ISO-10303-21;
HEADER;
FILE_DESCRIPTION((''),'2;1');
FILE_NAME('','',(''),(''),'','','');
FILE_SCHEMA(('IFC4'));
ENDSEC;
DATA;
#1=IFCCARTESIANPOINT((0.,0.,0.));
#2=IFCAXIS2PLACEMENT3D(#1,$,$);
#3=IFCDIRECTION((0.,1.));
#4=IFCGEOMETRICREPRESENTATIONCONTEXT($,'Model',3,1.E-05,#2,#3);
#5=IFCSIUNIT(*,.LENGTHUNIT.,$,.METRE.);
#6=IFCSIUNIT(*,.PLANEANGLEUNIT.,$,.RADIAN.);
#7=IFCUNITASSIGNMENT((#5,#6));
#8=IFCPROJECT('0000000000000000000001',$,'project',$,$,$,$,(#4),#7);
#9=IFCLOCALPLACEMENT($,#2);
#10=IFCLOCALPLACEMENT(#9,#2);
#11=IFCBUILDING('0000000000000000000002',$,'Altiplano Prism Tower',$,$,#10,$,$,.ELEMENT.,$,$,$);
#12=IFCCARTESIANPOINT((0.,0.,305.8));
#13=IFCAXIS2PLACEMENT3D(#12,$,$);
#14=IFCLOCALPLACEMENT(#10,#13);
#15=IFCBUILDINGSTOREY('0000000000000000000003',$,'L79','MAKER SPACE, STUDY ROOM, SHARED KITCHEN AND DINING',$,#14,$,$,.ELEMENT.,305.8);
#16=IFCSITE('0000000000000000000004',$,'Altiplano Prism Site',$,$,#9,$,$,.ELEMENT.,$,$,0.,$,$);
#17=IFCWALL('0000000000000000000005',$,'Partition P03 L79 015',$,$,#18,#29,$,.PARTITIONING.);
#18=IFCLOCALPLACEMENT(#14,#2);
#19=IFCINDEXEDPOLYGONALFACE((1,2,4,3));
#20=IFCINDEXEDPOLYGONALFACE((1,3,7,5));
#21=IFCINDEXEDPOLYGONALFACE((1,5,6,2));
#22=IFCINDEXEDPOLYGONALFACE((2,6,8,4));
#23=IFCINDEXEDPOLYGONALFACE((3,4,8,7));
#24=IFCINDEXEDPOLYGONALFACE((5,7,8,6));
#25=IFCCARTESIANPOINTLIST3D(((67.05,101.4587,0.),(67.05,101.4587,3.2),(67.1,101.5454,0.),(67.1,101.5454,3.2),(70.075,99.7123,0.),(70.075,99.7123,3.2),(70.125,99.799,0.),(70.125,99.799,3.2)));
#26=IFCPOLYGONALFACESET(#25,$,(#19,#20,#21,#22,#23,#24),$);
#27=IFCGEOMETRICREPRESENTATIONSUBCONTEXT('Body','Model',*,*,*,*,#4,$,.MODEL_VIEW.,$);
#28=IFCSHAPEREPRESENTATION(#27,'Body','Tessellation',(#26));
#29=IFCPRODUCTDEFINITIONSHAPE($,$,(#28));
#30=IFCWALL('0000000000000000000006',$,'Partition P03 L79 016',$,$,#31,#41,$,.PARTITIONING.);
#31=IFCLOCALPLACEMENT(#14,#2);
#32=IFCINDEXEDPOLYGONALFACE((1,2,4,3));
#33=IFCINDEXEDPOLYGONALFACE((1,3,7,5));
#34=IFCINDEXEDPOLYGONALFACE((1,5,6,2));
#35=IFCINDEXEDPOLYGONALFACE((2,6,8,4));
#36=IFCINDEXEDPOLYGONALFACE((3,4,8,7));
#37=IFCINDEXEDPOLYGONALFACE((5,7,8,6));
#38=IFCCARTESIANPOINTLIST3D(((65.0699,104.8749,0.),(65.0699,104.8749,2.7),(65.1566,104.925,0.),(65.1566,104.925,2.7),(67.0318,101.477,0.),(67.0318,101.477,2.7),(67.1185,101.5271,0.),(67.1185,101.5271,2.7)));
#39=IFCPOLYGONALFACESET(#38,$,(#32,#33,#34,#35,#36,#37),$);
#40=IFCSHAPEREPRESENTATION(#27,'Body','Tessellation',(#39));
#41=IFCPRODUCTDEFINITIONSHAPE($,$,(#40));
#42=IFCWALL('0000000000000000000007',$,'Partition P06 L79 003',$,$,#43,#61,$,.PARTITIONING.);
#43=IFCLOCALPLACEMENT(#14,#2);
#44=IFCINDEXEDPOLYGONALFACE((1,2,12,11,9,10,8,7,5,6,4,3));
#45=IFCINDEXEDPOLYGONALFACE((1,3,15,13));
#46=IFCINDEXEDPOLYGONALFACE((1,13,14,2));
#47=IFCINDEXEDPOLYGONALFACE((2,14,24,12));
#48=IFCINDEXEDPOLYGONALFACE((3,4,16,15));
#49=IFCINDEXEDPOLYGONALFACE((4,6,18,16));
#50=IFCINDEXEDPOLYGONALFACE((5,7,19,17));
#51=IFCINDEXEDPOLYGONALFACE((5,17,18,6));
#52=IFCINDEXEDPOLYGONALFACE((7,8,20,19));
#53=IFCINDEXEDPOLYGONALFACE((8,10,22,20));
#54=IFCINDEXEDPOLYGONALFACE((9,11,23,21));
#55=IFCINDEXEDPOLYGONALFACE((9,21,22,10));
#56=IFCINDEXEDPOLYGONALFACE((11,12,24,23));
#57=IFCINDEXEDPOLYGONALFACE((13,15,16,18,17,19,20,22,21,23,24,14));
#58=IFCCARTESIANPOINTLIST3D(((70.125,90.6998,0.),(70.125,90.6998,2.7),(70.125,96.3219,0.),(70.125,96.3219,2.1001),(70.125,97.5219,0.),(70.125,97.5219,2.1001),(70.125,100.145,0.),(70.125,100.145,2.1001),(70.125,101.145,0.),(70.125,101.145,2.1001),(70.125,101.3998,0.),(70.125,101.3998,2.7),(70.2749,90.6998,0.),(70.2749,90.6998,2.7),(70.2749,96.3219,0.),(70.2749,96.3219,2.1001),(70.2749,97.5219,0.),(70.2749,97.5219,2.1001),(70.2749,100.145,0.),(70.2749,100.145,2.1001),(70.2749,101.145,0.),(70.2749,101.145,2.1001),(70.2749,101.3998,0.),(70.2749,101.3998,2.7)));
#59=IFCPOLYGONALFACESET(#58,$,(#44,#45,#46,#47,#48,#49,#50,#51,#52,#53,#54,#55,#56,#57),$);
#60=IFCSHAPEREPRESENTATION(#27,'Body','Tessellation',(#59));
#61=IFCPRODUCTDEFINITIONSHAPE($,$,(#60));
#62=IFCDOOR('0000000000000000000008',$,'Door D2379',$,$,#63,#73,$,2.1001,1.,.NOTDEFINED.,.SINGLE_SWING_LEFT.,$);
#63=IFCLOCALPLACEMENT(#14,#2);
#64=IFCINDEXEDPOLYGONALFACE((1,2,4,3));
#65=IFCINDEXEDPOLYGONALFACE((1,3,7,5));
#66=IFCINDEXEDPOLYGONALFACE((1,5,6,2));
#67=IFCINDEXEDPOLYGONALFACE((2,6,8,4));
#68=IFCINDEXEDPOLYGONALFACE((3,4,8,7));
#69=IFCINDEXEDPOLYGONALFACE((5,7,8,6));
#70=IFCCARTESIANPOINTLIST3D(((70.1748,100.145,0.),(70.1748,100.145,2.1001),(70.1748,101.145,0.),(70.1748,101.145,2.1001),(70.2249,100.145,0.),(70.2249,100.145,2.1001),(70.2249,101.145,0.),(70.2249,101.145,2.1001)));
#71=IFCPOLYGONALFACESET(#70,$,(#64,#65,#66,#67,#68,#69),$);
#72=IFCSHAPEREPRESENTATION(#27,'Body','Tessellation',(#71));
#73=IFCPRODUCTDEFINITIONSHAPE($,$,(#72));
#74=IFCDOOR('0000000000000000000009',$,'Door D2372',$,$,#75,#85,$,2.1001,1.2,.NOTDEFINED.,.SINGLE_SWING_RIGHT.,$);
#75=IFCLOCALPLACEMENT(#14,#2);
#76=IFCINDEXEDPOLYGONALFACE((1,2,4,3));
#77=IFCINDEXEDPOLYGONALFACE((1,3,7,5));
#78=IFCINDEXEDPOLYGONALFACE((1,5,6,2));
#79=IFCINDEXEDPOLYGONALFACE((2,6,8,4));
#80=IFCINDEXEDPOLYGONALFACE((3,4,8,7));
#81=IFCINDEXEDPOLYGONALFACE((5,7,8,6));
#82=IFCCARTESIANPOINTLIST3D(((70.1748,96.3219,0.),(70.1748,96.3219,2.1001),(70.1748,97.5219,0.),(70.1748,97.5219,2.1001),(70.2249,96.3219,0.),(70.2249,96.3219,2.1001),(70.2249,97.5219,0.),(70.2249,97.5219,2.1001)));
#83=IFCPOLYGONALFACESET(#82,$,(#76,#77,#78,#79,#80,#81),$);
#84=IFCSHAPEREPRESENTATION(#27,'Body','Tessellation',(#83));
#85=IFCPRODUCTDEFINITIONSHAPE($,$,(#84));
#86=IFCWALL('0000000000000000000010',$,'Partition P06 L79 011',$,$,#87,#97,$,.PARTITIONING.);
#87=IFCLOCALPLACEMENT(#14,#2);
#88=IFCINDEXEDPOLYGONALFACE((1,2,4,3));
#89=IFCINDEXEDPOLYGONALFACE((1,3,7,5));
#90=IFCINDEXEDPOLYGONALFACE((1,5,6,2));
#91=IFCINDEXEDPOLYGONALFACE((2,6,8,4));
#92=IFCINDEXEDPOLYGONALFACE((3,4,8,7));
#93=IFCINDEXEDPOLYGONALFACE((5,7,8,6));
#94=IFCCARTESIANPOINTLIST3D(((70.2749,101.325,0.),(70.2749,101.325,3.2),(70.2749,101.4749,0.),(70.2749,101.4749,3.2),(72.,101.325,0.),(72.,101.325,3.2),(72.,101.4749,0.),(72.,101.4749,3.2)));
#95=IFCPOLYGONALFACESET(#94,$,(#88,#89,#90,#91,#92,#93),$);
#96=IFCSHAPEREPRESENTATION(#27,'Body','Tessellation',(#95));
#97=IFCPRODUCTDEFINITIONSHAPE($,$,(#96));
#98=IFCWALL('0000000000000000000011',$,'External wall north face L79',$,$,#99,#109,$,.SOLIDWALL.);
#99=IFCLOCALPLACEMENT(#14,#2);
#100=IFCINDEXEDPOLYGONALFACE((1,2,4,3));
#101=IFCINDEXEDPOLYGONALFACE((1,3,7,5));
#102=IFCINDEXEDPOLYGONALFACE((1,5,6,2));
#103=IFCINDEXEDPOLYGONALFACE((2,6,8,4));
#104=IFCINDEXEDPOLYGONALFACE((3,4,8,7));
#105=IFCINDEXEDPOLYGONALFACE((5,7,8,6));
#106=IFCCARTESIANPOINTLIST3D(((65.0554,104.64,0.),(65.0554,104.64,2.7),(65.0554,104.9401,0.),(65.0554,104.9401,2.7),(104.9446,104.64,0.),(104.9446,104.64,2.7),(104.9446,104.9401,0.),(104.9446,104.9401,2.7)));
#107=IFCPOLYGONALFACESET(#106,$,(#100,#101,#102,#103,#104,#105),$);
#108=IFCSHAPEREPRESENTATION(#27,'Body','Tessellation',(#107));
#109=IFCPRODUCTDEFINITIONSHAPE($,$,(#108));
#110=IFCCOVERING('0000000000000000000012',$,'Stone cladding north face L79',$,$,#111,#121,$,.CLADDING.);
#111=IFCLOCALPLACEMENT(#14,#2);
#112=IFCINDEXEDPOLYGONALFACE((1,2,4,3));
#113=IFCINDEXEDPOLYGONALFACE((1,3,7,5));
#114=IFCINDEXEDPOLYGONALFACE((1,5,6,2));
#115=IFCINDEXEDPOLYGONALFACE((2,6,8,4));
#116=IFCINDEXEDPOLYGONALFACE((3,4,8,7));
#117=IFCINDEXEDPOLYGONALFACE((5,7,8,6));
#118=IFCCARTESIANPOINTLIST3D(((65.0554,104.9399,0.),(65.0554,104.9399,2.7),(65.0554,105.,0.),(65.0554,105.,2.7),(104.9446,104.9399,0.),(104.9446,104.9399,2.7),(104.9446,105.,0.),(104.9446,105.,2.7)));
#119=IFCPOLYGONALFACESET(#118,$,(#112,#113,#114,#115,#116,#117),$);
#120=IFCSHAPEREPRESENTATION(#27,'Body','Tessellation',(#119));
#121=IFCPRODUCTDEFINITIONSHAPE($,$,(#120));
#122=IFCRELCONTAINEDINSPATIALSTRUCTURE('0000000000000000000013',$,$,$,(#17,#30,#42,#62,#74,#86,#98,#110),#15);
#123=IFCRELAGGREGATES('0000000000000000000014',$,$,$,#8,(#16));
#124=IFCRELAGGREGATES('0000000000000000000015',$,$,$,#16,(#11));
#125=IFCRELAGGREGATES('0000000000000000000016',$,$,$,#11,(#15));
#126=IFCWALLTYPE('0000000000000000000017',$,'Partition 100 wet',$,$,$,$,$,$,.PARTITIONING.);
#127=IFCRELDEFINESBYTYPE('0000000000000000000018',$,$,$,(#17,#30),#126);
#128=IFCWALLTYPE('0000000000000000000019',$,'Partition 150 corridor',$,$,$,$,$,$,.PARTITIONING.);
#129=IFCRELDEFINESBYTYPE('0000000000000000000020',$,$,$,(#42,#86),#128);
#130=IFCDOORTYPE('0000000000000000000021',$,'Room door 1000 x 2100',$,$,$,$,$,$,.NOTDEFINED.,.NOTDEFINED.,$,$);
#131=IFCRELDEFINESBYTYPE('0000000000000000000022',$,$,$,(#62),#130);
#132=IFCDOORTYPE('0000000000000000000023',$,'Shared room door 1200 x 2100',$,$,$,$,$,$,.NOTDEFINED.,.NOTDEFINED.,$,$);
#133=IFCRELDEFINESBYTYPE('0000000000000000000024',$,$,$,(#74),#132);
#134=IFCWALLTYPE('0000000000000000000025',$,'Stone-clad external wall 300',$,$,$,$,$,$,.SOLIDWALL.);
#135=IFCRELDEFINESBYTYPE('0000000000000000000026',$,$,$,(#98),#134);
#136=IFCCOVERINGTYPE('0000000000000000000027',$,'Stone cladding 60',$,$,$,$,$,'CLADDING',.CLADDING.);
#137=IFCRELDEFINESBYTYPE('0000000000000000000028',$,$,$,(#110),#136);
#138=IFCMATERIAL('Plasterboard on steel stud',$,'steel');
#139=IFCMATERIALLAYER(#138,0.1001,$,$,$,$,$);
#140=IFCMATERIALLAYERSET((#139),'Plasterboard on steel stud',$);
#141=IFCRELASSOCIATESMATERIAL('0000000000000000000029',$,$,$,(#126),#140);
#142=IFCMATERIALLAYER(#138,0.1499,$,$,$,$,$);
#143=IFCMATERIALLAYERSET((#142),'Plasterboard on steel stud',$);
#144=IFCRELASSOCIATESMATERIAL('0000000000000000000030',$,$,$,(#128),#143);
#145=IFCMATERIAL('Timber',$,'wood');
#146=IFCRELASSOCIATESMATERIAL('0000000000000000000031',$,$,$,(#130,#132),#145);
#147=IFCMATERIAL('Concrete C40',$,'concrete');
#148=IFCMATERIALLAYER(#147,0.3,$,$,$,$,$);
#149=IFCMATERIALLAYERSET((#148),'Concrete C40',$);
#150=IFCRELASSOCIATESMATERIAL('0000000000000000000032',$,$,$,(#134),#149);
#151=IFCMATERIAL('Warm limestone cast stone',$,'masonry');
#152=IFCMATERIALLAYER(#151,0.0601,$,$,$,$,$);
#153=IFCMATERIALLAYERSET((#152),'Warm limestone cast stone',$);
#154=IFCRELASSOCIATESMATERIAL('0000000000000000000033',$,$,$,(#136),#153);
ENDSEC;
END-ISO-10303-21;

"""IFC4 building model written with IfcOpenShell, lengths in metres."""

from ifc_helpers import new_model, si_unit, direction, frame, frame_2d, origin, place, context, subcontext, project, spatial, rectangle, extrude, material, layer, layer_set, type_object, element, fill, save


model = new_model("IFC4")

# Units and contexts
model_context = context("Model", 3, precision=1e-05, world=origin(), true_north=direction((0.0, 1.0)))
body_context = subcontext(model_context, "Body", "Model", "MODEL_VIEW")
ifc_project = project(units=[si_unit("LENGTHUNIT", "METRE"), si_unit("PLANEANGLEUNIT", "RADIAN")], contexts=[model_context])

# Site, building, storey
site_placement = place(None, origin())
site = spatial("IfcSite", under=ifc_project, at=site_placement, Name="Altiplano Prism Site", CompositionType="ELEMENT", RefElevation=0.0)
building_placement = place(site_placement, origin())
building = spatial("IfcBuilding", under=site, at=building_placement, Name="Altiplano Prism Tower", CompositionType="ELEMENT")
storey_placement = place(building_placement, frame((0.0, 0.0, 305.8)))
storey = spatial("IfcBuildingStorey", under=building, at=storey_placement, Name="L79", Description="MAKER SPACE, STUDY ROOM, SHARED KITCHEN AND DINING", CompositionType="ELEMENT", Elevation=305.8)

# Walls
ifc_material_1 = material(Name="Plasterboard on steel stud", Category="steel")
ifc_layer_1 = layer(ifc_material_1, 0.1001)
ifc_layer_set_1 = layer_set([ifc_layer_1], Name="Plasterboard on steel stud")
wall_type_1 = type_object("IfcWallType", Name="Partition 100 wet", PredefinedType="PARTITIONING", material=ifc_layer_set_1)
wall_1_placement = place(storey_placement, frame((70.1001, 99.7556, 0.0), z_axis=(0.0, 0.0, 1.0), x_axis=(-0.866037, 0.499981, 0.0)))
element("IfcWall", 1, at=wall_1_placement, inside=storey, type_object=wall_type_1, Name="Partition P03 L79 015", PredefinedType="PARTITIONING", context=body_context, shape_type="SweptSolid", body=[
    extrude(rectangle(XDim=3.4929, YDim=0.1001, at=frame_2d((1.7466, 0.0))), origin(), (0.0, 0.0, 1.0), 3.2),
])
wall_2_placement = place(storey_placement, frame((67.0752, 101.502, 0.0), z_axis=(0.0, 0.0, 1.0), x_axis=(-0.50002, 0.866014, 0.0)))
element("IfcWall", 2, at=wall_2_placement, inside=storey, type_object=wall_type_1, Name="Partition P03 L79 016", PredefinedType="PARTITIONING", context=body_context, shape_type="SweptSolid", body=[
    extrude(rectangle(XDim=3.9236, YDim=0.1001, at=frame_2d((1.9619, 0.0))), origin(), (0.0, 0.0, 1.0), 2.7),
])

# Wall, openings, doors
ifc_layer_2 = layer(ifc_material_1, 0.1499)
ifc_layer_set_2 = layer_set([ifc_layer_2], Name="Plasterboard on steel stud")
wall_type_2 = type_object("IfcWallType", Name="Partition 150 corridor", PredefinedType="PARTITIONING", material=ifc_layer_set_2)
wall_3_placement = place(storey_placement, frame((70.2, 101.3999, 0.0), z_axis=(0.0, 0.0, 1.0), x_axis=(0.0, -1.0, 0.0)))
wall_3 = element("IfcWall", 3, at=wall_3_placement, inside=storey, type_object=wall_type_2, Name="Partition P06 L79 003", PredefinedType="PARTITIONING", context=body_context, shape_type="SweptSolid", body=[
    extrude(rectangle(XDim=10.7, YDim=0.1499, at=frame_2d((5.3501, 0.0))), origin(), (0.0, 0.0, 1.0), 2.7),
])
opening_1_placement = place(wall_3_placement, frame((3.8779, 0.0, 0.0)))
opening_1 = element("IfcOpeningElement", 4, at=opening_1_placement, cuts=wall_3, PredefinedType="OPENING", context=body_context, shape_type="SweptSolid", body=[
    extrude(rectangle(XDim=1.2, YDim=2.1001, at=frame_2d((0.6001, 1.05))), frame((0.0, 0.0854, 0.0), z_axis=(0.0, -1.0, 0.0), x_axis=(1.0, 0.0, 0.0)), (0.0, 0.0, 1.0), 0.1709),
])
opening_2_placement = place(wall_3_placement, frame((0.2549, 0.0, 0.0)))
opening_2 = element("IfcOpeningElement", 5, at=opening_2_placement, cuts=wall_3, PredefinedType="OPENING", context=body_context, shape_type="SweptSolid", body=[
    extrude(rectangle(XDim=1.0, YDim=2.1001, at=frame_2d((0.5, 1.05))), frame((0.0, 0.0854, 0.0), z_axis=(0.0, -1.0, 0.0), x_axis=(1.0, 0.0, 0.0)), (0.0, 0.0, 1.0), 0.1709),
])
ifc_material_2 = material(Name="Timber", Category="wood")
door_type_1 = type_object("IfcDoorType", Name="Room door 1000 x 2100", OperationType="NOTDEFINED", PredefinedType="NOTDEFINED", material=ifc_material_2)
door_1_placement = place(opening_2_placement, origin())
door_1 = element("IfcDoor", 6, at=door_1_placement, inside=storey, type_object=door_type_1, Name="Door D2379", OperationType="SINGLE_SWING_LEFT", OverallHeight=2.1001, OverallWidth=1.0, PredefinedType="NOTDEFINED", context=body_context, shape_type="SweptSolid", body=[
    extrude(rectangle(XDim=1.0, YDim=2.1001, at=frame_2d((0.5, 1.05))), frame((0.0, 0.0249, 0.0), z_axis=(0.0, -1.0, 0.0), x_axis=(1.0, 0.0, 0.0)), (0.0, 0.0, 1.0), 0.05),
])
fill(opening_2, door_1)
door_type_2 = type_object("IfcDoorType", Name="Shared room door 1200 x 2100", OperationType="NOTDEFINED", PredefinedType="NOTDEFINED", material=ifc_material_2)
door_2_placement = place(opening_1_placement, origin())
door_2 = element("IfcDoor", 7, at=door_2_placement, inside=storey, type_object=door_type_2, Name="Door D2372", OperationType="SINGLE_SWING_RIGHT", OverallHeight=2.1001, OverallWidth=1.2, PredefinedType="NOTDEFINED", context=body_context, shape_type="SweptSolid", body=[
    extrude(rectangle(XDim=1.2, YDim=2.1001, at=frame_2d((0.6001, 1.05))), frame((0.0, 0.0249, 0.0), z_axis=(0.0, -1.0, 0.0), x_axis=(1.0, 0.0, 0.0)), (0.0, 0.0, 1.0), 0.05),
])
fill(opening_1, door_2)

# Walls
wall_4_placement = place(storey_placement, frame((72.0, 101.3999, 0.0), z_axis=(0.0, 0.0, 1.0), x_axis=(-1.0, 0.0, 0.0)))
element("IfcWall", 8, at=wall_4_placement, inside=storey, type_object=wall_type_2, Name="Partition P06 L79 011", PredefinedType="PARTITIONING", context=body_context, shape_type="SweptSolid", body=[
    extrude(rectangle(XDim=1.7251, YDim=0.1499, at=frame_2d((0.8625, 0.0))), origin(), (0.0, 0.0, 1.0), 3.2),
])
ifc_material_3 = material(Name="Concrete C40", Category="concrete")
ifc_layer_3 = layer(ifc_material_3, 0.3)
ifc_layer_set_3 = layer_set([ifc_layer_3], Name="Concrete C40")
wall_type_3 = type_object("IfcWallType", Name="Stone-clad external wall 300", PredefinedType="SOLIDWALL", material=ifc_layer_set_3)
wall_5_placement = place(storey_placement, frame((65.0554, 104.79, 0.0), z_axis=(0.0, 0.0, 1.0), x_axis=(1.0, 0.0, 0.0)))
element("IfcWall", 9, at=wall_5_placement, inside=storey, type_object=wall_type_3, Name="External wall north face L79", PredefinedType="SOLIDWALL", context=body_context, shape_type="SweptSolid", body=[
    extrude(rectangle(XDim=39.8892, YDim=0.3, at=frame_2d((19.9446, 0.0))), origin(), (0.0, 0.0, 1.0), 2.7),
])

# Covering
ifc_material_4 = material(Name="Warm limestone cast stone", Category="masonry")
ifc_layer_4 = layer(ifc_material_4, 0.0601)
ifc_layer_set_4 = layer_set([ifc_layer_4], Name="Warm limestone cast stone")
covering_type = type_object("IfcCoveringType", Name="Stone cladding 60", ElementType="CLADDING", PredefinedType="CLADDING", material=ifc_layer_set_4)
covering_placement = place(storey_placement, frame((65.0554, 104.97, 0.0), z_axis=(0.0, 0.0, 1.0), x_axis=(1.0, 0.0, 0.0)))
element("IfcCovering", 10, at=covering_placement, inside=storey, type_object=covering_type, Name="Stone cladding north face L79", PredefinedType="CLADDING", context=body_context, shape_type="SweptSolid", body=[
    extrude(rectangle(XDim=39.8892, YDim=0.0601, at=frame_2d((19.9446, 0.0))), origin(), (0.0, 0.0, 1.0), 2.7),
])

save(model, "model.ifc")
